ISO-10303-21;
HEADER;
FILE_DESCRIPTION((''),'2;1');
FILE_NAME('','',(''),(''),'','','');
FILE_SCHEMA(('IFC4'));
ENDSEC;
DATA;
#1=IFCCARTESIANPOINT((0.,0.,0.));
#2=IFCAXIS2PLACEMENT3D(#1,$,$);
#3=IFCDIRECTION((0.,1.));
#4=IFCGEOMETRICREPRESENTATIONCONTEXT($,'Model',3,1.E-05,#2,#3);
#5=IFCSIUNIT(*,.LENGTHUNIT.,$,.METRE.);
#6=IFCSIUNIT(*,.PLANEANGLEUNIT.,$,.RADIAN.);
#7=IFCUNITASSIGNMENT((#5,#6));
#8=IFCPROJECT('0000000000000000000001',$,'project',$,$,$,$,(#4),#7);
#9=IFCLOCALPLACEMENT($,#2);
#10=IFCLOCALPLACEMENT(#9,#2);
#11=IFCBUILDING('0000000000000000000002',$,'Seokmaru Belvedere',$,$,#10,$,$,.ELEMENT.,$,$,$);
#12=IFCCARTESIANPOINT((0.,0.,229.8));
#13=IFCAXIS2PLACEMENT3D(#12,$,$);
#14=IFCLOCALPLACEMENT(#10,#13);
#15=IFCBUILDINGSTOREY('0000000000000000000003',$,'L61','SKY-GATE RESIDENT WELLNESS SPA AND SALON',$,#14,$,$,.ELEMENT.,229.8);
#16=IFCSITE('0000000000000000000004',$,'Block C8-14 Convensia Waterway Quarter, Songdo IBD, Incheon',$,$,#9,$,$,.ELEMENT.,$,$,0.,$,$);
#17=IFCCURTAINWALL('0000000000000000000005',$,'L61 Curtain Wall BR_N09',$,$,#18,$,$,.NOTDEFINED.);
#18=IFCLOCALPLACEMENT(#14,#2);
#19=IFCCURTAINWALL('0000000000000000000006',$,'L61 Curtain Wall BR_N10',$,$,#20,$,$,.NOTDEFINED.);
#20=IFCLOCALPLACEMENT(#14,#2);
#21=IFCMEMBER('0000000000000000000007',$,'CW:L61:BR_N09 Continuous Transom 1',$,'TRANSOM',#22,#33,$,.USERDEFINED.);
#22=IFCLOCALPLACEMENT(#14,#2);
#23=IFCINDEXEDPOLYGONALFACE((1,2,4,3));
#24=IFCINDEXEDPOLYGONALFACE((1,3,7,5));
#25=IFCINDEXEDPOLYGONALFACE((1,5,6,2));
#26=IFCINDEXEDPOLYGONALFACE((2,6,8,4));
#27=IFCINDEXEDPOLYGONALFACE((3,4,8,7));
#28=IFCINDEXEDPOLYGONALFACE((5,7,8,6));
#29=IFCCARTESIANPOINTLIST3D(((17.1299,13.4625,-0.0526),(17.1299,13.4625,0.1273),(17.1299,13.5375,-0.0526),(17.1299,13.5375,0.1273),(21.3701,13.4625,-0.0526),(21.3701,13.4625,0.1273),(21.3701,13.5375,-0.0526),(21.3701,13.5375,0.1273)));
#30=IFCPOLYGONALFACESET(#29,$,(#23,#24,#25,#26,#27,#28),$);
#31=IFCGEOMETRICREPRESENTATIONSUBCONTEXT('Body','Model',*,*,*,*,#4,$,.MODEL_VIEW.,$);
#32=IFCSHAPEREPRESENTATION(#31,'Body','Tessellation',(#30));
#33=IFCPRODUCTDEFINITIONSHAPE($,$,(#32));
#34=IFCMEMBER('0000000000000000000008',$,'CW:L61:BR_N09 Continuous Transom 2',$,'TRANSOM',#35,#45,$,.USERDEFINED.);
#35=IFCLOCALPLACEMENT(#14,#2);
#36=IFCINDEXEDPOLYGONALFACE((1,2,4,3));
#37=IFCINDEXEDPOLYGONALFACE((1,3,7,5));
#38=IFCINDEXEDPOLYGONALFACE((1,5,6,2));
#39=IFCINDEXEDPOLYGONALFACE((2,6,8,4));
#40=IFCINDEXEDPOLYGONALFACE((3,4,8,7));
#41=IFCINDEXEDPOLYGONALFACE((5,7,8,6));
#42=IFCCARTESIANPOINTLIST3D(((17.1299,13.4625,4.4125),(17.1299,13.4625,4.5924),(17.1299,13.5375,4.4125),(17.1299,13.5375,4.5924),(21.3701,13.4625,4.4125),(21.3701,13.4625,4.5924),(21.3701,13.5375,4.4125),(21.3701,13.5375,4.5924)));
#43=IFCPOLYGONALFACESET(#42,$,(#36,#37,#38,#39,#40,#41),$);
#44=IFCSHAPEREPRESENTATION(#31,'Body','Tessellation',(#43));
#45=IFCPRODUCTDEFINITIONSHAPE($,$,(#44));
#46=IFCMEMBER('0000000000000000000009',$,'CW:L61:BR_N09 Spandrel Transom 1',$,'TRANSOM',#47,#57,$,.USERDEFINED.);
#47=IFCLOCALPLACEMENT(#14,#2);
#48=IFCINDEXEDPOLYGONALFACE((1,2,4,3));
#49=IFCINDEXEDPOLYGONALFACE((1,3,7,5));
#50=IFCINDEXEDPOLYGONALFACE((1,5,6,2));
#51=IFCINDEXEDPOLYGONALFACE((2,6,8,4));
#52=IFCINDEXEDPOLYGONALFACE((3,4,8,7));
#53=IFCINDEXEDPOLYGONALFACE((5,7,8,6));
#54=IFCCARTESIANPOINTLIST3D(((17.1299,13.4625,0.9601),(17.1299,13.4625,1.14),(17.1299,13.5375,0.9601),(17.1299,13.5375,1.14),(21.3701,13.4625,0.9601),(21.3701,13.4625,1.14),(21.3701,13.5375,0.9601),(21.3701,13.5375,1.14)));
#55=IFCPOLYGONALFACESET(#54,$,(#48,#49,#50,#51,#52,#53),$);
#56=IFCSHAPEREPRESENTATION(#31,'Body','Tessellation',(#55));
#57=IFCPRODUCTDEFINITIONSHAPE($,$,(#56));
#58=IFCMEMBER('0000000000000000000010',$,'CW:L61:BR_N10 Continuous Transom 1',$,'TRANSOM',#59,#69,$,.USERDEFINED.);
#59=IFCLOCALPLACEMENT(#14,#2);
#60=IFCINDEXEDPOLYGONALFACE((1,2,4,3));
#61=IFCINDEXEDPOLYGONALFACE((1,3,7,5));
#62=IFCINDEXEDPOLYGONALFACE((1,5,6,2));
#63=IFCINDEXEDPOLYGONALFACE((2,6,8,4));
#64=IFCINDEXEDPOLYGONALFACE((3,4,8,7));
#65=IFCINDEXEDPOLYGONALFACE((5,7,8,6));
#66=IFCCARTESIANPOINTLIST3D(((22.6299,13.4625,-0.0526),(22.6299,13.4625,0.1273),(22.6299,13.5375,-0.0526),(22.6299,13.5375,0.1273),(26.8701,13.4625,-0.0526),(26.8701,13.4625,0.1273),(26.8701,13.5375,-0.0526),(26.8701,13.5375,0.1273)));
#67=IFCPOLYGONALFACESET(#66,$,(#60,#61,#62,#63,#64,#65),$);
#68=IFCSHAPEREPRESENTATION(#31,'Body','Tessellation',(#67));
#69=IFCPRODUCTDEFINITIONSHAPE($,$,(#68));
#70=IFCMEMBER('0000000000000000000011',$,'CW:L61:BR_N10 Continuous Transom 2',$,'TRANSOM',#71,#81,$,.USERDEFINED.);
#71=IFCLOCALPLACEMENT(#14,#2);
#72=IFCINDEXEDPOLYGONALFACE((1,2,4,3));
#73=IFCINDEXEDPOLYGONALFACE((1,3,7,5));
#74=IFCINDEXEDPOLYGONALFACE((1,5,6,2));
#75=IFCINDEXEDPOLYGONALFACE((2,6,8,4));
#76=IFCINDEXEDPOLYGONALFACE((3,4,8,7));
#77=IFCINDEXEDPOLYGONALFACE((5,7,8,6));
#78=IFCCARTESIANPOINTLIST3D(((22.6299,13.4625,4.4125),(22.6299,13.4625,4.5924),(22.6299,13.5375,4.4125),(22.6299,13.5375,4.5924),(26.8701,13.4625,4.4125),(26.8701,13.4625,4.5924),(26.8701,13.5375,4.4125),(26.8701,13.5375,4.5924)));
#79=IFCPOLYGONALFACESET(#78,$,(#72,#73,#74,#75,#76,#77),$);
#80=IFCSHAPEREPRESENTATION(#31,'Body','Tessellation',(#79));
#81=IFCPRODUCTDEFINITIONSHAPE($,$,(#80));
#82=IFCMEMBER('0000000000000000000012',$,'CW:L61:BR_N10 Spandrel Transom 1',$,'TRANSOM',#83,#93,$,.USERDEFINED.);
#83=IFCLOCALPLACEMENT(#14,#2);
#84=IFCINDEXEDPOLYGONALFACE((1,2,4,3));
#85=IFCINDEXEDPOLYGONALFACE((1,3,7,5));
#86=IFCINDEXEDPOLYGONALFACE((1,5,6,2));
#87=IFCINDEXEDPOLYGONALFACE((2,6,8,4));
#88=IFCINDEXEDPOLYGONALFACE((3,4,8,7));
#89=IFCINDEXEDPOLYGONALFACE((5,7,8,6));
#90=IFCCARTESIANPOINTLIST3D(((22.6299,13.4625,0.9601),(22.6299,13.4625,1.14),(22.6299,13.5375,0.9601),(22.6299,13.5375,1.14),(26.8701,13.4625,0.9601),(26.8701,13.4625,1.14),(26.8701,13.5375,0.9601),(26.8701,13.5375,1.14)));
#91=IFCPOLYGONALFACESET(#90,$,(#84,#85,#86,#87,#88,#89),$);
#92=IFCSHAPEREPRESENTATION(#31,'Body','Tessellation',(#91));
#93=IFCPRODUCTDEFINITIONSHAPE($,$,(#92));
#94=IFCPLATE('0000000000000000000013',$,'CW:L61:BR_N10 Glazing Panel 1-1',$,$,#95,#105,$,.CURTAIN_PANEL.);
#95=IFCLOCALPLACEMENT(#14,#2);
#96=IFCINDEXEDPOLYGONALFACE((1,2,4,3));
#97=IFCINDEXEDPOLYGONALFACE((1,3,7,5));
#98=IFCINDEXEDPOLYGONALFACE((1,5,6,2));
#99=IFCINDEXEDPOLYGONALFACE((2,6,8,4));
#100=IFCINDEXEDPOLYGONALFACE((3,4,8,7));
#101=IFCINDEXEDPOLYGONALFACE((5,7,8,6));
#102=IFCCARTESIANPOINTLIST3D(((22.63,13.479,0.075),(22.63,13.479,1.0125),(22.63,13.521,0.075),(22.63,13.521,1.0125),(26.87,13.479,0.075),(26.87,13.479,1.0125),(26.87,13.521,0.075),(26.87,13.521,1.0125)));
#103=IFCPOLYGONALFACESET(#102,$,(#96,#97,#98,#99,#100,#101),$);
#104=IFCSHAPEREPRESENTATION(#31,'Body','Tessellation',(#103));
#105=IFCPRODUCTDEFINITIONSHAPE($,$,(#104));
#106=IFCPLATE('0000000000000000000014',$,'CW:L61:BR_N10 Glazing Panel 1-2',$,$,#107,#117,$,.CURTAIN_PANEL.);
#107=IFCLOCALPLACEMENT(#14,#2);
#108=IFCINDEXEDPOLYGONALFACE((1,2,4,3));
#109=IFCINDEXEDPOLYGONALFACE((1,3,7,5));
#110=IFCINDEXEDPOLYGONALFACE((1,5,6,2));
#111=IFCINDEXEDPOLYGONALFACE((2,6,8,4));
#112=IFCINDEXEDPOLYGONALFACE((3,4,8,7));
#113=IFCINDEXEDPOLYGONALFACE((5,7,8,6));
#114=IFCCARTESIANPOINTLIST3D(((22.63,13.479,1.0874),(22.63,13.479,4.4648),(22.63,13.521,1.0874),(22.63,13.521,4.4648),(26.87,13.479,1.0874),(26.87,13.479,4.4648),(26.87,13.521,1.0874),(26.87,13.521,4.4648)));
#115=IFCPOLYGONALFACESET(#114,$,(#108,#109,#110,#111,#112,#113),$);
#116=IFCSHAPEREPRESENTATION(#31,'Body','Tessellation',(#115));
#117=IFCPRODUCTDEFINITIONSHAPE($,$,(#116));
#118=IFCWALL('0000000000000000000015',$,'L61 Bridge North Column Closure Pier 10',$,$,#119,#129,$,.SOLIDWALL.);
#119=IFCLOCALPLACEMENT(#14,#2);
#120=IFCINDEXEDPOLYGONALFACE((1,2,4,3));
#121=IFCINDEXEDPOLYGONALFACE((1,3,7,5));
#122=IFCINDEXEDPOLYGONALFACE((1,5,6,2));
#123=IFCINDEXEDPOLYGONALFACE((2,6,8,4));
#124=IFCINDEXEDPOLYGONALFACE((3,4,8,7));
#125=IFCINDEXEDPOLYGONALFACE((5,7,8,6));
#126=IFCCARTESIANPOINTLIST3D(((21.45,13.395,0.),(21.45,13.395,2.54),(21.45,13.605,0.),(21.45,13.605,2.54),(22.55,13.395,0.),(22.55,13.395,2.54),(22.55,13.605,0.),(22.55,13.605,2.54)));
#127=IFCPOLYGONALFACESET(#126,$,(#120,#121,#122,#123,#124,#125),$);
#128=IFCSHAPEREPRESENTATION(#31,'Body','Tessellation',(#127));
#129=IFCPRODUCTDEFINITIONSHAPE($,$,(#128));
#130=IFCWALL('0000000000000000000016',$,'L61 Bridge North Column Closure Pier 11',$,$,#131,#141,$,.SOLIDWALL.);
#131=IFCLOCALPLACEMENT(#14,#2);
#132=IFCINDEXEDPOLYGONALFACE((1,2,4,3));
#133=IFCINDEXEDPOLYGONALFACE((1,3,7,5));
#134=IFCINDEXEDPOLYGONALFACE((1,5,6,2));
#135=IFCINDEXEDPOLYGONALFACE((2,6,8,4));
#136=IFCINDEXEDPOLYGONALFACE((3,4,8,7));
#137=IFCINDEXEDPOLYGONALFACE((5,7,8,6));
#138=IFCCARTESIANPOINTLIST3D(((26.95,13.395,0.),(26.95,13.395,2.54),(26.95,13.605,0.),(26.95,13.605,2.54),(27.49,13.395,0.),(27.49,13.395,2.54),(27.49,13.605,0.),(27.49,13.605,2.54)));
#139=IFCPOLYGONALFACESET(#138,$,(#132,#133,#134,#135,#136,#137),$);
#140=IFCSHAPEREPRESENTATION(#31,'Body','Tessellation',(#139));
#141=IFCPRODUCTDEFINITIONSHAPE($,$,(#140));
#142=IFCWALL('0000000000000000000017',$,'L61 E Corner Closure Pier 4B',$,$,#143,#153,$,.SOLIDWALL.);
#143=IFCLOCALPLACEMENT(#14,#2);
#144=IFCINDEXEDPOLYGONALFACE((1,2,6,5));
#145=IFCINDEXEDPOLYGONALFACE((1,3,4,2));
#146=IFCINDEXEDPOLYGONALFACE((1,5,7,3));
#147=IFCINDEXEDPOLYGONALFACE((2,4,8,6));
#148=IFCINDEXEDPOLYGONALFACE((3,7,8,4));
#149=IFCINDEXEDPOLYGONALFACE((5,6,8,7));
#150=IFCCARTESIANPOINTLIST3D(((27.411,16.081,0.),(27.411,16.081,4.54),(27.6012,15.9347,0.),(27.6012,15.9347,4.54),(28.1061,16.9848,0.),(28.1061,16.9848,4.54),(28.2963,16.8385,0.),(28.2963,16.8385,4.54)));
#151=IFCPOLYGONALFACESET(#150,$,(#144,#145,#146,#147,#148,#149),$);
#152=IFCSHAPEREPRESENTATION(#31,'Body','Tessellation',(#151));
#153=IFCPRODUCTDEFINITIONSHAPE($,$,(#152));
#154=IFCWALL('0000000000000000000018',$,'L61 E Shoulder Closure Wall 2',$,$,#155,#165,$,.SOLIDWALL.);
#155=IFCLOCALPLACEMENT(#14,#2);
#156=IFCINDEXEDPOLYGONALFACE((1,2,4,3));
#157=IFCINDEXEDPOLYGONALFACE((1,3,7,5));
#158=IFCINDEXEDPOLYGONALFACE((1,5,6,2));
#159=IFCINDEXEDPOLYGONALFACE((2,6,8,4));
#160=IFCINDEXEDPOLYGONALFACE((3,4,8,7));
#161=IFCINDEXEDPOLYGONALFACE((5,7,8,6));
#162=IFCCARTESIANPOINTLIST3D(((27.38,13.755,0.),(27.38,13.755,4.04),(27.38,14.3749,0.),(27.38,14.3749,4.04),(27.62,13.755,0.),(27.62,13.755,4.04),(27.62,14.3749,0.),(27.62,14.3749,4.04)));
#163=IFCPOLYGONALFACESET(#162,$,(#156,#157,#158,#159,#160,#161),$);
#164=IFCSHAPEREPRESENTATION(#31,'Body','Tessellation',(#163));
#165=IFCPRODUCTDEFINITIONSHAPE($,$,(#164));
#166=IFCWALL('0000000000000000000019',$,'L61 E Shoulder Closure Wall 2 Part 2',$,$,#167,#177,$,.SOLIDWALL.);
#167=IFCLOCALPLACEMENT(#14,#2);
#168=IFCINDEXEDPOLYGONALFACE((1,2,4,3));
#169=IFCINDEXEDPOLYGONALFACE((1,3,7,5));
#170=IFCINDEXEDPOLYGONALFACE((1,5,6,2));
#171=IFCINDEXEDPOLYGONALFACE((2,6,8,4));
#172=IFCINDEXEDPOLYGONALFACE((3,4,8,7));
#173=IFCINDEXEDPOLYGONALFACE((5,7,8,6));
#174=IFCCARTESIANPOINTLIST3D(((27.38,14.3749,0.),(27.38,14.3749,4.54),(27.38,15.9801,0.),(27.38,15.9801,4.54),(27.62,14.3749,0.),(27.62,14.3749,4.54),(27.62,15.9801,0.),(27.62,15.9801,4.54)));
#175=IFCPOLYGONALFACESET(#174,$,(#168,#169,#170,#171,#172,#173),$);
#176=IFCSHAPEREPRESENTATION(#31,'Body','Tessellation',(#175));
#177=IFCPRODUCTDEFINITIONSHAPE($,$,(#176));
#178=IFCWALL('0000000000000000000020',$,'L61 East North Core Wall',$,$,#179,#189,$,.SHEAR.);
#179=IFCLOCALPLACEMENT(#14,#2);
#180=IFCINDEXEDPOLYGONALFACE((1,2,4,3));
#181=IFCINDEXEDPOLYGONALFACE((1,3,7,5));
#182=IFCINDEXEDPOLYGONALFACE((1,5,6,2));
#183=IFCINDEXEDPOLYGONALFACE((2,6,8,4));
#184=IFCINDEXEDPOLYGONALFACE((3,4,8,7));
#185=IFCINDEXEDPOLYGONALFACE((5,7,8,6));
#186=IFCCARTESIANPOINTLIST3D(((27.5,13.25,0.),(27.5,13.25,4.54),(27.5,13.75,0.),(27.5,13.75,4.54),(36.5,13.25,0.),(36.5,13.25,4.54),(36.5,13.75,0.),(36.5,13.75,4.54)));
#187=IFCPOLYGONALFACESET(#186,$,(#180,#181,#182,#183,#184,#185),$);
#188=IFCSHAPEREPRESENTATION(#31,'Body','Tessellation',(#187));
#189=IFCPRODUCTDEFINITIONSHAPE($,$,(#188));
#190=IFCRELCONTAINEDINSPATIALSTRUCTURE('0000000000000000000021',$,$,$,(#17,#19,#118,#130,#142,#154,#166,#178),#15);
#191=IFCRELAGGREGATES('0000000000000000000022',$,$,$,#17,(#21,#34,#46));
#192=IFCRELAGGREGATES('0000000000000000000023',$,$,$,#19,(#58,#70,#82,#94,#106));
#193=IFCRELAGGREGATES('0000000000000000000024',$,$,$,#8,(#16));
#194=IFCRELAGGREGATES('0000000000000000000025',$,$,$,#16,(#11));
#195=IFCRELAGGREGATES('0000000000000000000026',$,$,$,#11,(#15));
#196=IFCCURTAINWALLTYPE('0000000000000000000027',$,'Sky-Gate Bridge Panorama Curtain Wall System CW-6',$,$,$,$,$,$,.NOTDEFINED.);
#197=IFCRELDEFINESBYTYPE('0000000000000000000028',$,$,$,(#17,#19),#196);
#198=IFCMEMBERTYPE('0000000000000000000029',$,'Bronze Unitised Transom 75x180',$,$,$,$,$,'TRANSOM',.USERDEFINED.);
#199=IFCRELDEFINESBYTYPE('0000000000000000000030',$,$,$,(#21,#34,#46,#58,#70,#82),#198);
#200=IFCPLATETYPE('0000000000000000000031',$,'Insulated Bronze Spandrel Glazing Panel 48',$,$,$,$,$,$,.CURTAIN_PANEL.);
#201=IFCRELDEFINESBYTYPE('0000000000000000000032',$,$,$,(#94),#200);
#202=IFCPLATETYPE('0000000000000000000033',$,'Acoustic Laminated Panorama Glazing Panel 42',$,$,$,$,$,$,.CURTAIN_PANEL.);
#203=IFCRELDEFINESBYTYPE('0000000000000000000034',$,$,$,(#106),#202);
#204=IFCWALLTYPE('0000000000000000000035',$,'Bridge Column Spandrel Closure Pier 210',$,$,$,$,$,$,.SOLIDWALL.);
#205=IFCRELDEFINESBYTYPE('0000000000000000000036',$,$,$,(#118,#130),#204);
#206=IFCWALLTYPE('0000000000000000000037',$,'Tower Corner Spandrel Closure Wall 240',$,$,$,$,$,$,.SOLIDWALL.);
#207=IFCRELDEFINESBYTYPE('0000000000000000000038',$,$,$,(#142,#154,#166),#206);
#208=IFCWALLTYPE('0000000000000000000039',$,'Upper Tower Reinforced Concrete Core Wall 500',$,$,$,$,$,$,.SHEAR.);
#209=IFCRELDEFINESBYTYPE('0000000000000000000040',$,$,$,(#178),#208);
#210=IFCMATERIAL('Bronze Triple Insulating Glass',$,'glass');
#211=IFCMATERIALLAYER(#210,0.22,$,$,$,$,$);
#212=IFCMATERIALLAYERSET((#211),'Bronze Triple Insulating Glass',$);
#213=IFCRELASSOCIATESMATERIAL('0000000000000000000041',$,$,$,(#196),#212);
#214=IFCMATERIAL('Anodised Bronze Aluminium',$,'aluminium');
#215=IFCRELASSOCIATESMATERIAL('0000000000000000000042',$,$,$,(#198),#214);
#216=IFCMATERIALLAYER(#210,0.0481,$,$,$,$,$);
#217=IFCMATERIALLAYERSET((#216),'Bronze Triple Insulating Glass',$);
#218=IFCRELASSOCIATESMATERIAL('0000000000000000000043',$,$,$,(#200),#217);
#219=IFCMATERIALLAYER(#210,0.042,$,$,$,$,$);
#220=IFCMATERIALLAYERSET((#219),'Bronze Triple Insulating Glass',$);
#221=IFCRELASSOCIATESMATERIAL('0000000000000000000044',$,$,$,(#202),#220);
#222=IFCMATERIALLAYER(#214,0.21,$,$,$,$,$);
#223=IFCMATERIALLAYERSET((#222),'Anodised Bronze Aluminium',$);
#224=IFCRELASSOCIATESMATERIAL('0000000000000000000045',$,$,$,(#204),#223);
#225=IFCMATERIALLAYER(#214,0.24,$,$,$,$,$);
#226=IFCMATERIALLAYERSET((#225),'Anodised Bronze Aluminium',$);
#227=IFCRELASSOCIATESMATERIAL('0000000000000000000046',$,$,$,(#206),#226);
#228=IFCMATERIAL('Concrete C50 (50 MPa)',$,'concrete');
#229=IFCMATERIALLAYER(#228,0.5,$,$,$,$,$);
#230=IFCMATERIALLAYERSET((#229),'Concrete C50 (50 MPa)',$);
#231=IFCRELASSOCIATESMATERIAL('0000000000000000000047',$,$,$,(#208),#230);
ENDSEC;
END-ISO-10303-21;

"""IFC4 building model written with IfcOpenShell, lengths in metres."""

from ifc_helpers import new_model, si_unit, direction, frame, frame_2d, origin, origin_2d, place, context, subcontext, project, spatial, rectangle, extrude, source, transform, mapped, material, layer, layer_set, material_profile, profile_set, type_object, type_shapes, element, aggregate, save


model = new_model("IFC4")

# Units and contexts
model_context = context("Model", 3, precision=1e-05, world=origin(), true_north=direction((0.0, 1.0)))
body_context = subcontext(model_context, "Body", "Model", "MODEL_VIEW")
ifc_project = project(units=[si_unit("LENGTHUNIT", "METRE"), si_unit("PLANEANGLEUNIT", "RADIAN")], contexts=[model_context])

# Site, building, storey
site_placement = place(None, origin())
site = spatial("IfcSite", under=ifc_project, at=site_placement, Name="Block C8-14 Convensia Waterway Quarter, Songdo IBD, Incheon", CompositionType="ELEMENT", RefElevation=0.0)
building_placement = place(site_placement, origin())
building = spatial("IfcBuilding", under=site, at=building_placement, Name="Seokmaru Belvedere", CompositionType="ELEMENT")
storey_placement = place(building_placement, frame((0.0, 0.0, 229.8)))
storey = spatial("IfcBuildingStorey", under=building, at=storey_placement, Name="L61", Description="SKY-GATE RESIDENT WELLNESS SPA AND SALON", CompositionType="ELEMENT", Elevation=229.8)

# Curtain wall
ifc_material_1 = material(Name="Bronze Triple Insulating Glass", Category="glass")
ifc_layer_1 = layer(ifc_material_1, 0.22)
ifc_layer_set_1 = layer_set([ifc_layer_1], Name="Bronze Triple Insulating Glass")
curtain_wall_type = type_object("IfcCurtainWallType", Name="Sky-Gate Bridge Panorama Curtain Wall System CW-6", PredefinedType="NOTDEFINED", material=ifc_layer_set_1)
ifc_material_2 = material(Name="Anodised Bronze Aluminium", Category="aluminium")
curtain_wall_1_placement = place(storey_placement, origin())
curtain_wall_1 = element("IfcCurtainWall", 1, at=curtain_wall_1_placement, inside=storey, type_object=curtain_wall_type, Name="L61 Curtain Wall BR_N09", PredefinedType="NOTDEFINED")

# Curtain wall
curtain_wall_2_placement = place(storey_placement, origin())
curtain_wall_2 = element("IfcCurtainWall", 2, at=curtain_wall_2_placement, inside=storey, type_object=curtain_wall_type, Name="L61 Curtain Wall BR_N10", PredefinedType="NOTDEFINED")

# Members
ifc_material_profile_1 = material_profile(ifc_material_2, rectangle(XDim=0.075, YDim=0.1799, at=origin_2d()), Name="CW-T-75x180")
ifc_profile_set_1 = profile_set([ifc_material_profile_1], Name="Anodised Bronze Aluminium")
member_type_1 = type_object("IfcMemberType", Name="Bronze Unitised Transom 75x180", ElementType="TRANSOM", PredefinedType="USERDEFINED", material=ifc_profile_set_1)
shared_shape_1 = source(origin(), body_context, "Body", "SweptSolid", [
    extrude(rectangle(XDim=0.075, YDim=0.1799, at=origin_2d()), origin(), (0.0, 0.0, 1.0), 4.2402),
])
type_shapes(member_type_1, [shared_shape_1])
member_1_placement = place(storey_placement, frame((21.3701, 13.5, 0.0374), z_axis=(-1.0, 0.0, 0.0), x_axis=(0.0, -1.0, 0.0)))
member_1 = element("IfcMember", 3, at=member_1_placement, type_object=member_type_1, Name="CW:L61:BR_N09 Continuous Transom 1", ObjectType="TRANSOM", PredefinedType="USERDEFINED", context=body_context, shape_type="MappedRepresentation", body=[
    mapped(shared_shape_1, transform((0.0, 0.0, 0.0), scale=1.0)),
])
member_2_placement = place(storey_placement, frame((21.3701, 13.5, 4.5024), z_axis=(-1.0, 0.0, 0.0), x_axis=(0.0, -1.0, 0.0)))
member_2 = element("IfcMember", 4, at=member_2_placement, type_object=member_type_1, Name="CW:L61:BR_N09 Continuous Transom 2", ObjectType="TRANSOM", PredefinedType="USERDEFINED", context=body_context, shape_type="MappedRepresentation", body=[
    mapped(shared_shape_1, transform((0.0, 0.0, 0.0), scale=1.0)),
])
member_3_placement = place(storey_placement, frame((21.3701, 13.5, 1.05), z_axis=(-1.0, 0.0, 0.0), x_axis=(0.0, -1.0, 0.0)))
member_3 = element("IfcMember", 5, at=member_3_placement, type_object=member_type_1, Name="CW:L61:BR_N09 Spandrel Transom 1", ObjectType="TRANSOM", PredefinedType="USERDEFINED", context=body_context, shape_type="MappedRepresentation", body=[
    mapped(shared_shape_1, transform((0.0, 0.0, 0.0), scale=1.0)),
])
aggregate(curtain_wall_1, [member_1, member_2, member_3])
member_4_placement = place(storey_placement, frame((26.8701, 13.5, 0.0374), z_axis=(-1.0, 0.0, 0.0), x_axis=(0.0, -1.0, 0.0)))
member_4 = element("IfcMember", 6, at=member_4_placement, type_object=member_type_1, Name="CW:L61:BR_N10 Continuous Transom 1", ObjectType="TRANSOM", PredefinedType="USERDEFINED", context=body_context, shape_type="MappedRepresentation", body=[
    mapped(shared_shape_1, transform((0.0, 0.0, 0.0), scale=1.0)),
])
member_5_placement = place(storey_placement, frame((26.8701, 13.5, 4.5024), z_axis=(-1.0, 0.0, 0.0), x_axis=(0.0, -1.0, 0.0)))
member_5 = element("IfcMember", 7, at=member_5_placement, type_object=member_type_1, Name="CW:L61:BR_N10 Continuous Transom 2", ObjectType="TRANSOM", PredefinedType="USERDEFINED", context=body_context, shape_type="MappedRepresentation", body=[
    mapped(shared_shape_1, transform((0.0, 0.0, 0.0), scale=1.0)),
])
member_6_placement = place(storey_placement, frame((26.8701, 13.5, 1.05), z_axis=(-1.0, 0.0, 0.0), x_axis=(0.0, -1.0, 0.0)))
member_6 = element("IfcMember", 8, at=member_6_placement, type_object=member_type_1, Name="CW:L61:BR_N10 Spandrel Transom 1", ObjectType="TRANSOM", PredefinedType="USERDEFINED", context=body_context, shape_type="MappedRepresentation", body=[
    mapped(shared_shape_1, transform((0.0, 0.0, 0.0), scale=1.0)),
])

# Plates
ifc_layer_2 = layer(ifc_material_1, 0.0481)
ifc_layer_set_2 = layer_set([ifc_layer_2], Name="Bronze Triple Insulating Glass")
plate_type_1 = type_object("IfcPlateType", Name="Insulated Bronze Spandrel Glazing Panel 48", PredefinedType="CURTAIN_PANEL", material=ifc_layer_set_2)
shared_shape_2 = source(origin(), body_context, "Body", "SweptSolid", [
    extrude(rectangle(XDim=4.24, YDim=0.042, at=origin_2d()), origin(), (0.0, 0.0, 1.0), 0.9375),
])
type_shapes(plate_type_1, [shared_shape_2])
plate_1_placement = place(storey_placement, frame((24.75, 13.5, 0.075), z_axis=(0.0, 0.0, 1.0), x_axis=(-1.0, 0.0, 0.0)))
plate_1 = element("IfcPlate", 9, at=plate_1_placement, type_object=plate_type_1, Name="CW:L61:BR_N10 Glazing Panel 1-1", PredefinedType="CURTAIN_PANEL", context=body_context, shape_type="MappedRepresentation", body=[
    mapped(shared_shape_2, transform((0.0, 0.0, 0.0), scale=1.0)),
])
ifc_layer_3 = layer(ifc_material_1, 0.042)
ifc_layer_set_3 = layer_set([ifc_layer_3], Name="Bronze Triple Insulating Glass")
plate_type_2 = type_object("IfcPlateType", Name="Acoustic Laminated Panorama Glazing Panel 42", PredefinedType="CURTAIN_PANEL", material=ifc_layer_set_3)
shared_shape_3 = source(origin(), body_context, "Body", "SweptSolid", [
    extrude(rectangle(XDim=4.24, YDim=0.042, at=origin_2d()), origin(), (0.0, 0.0, 1.0), 3.3774),
])
type_shapes(plate_type_2, [shared_shape_3])
plate_2_placement = place(storey_placement, frame((24.75, 13.5, 1.0874), z_axis=(0.0, 0.0, 1.0), x_axis=(-1.0, 0.0, 0.0)))
plate_2 = element("IfcPlate", 10, at=plate_2_placement, type_object=plate_type_2, Name="CW:L61:BR_N10 Glazing Panel 1-2", PredefinedType="CURTAIN_PANEL", context=body_context, shape_type="MappedRepresentation", body=[
    mapped(shared_shape_3, transform((0.0, 0.0, 0.0), scale=1.0)),
])
aggregate(curtain_wall_2, [member_4, member_5, member_6, plate_1, plate_2])

# Walls
ifc_layer_4 = layer(ifc_material_2, 0.21)
ifc_layer_set_4 = layer_set([ifc_layer_4], Name="Anodised Bronze Aluminium")
wall_type_1 = type_object("IfcWallType", Name="Bridge Column Spandrel Closure Pier 210", PredefinedType="SOLIDWALL", material=ifc_layer_set_4)
wall_1_placement = place(storey_placement, frame((21.45, 13.5, 0.0), z_axis=(0.0, 0.0, 1.0), x_axis=(1.0, 0.0, 0.0)))
element("IfcWall", 11, at=wall_1_placement, inside=storey, type_object=wall_type_1, Name="L61 Bridge North Column Closure Pier 10", PredefinedType="SOLIDWALL", context=body_context, shape_type="SweptSolid", body=[
    extrude(rectangle(XDim=1.1001, YDim=0.21, at=frame_2d((0.55, 0.0))), origin(), (0.0, 0.0, 1.0), 2.54),
])
wall_2_placement = place(storey_placement, frame((26.95, 13.5, 0.0), z_axis=(0.0, 0.0, 1.0), x_axis=(1.0, 0.0, 0.0)))
element("IfcWall", 12, at=wall_2_placement, inside=storey, type_object=wall_type_1, Name="L61 Bridge North Column Closure Pier 11", PredefinedType="SOLIDWALL", context=body_context, shape_type="SweptSolid", body=[
    extrude(rectangle(XDim=0.54, YDim=0.21, at=frame_2d((0.27, 0.0))), origin(), (0.0, 0.0, 1.0), 2.54),
])
ifc_layer_5 = layer(ifc_material_2, 0.24)
ifc_layer_set_5 = layer_set([ifc_layer_5], Name="Anodised Bronze Aluminium")
wall_type_2 = type_object("IfcWallType", Name="Tower Corner Spandrel Closure Wall 240", PredefinedType="SOLIDWALL", material=ifc_layer_set_5)
wall_3_placement = place(storey_placement, frame((28.2012, 16.9116, 0.0), z_axis=(0.0, 0.0, 1.0), x_axis=(-0.609618, -0.792696, 0.0)))
element("IfcWall", 13, at=wall_3_placement, inside=storey, type_object=wall_type_2, Name="L61 E Corner Closure Pier 4B", PredefinedType="SOLIDWALL", context=body_context, shape_type="SweptSolid", body=[
    extrude(rectangle(XDim=1.1401, YDim=0.24, at=frame_2d((0.5701, 0.0))), origin(), (0.0, 0.0, 1.0), 4.54),
])
wall_4_placement = place(storey_placement, frame((27.5, 13.7549, 0.0), z_axis=(0.0, 0.0, 1.0), x_axis=(0.0, 1.0, 0.0)))
element("IfcWall", 14, at=wall_4_placement, inside=storey, type_object=wall_type_2, Name="L61 E Shoulder Closure Wall 2", PredefinedType="SOLIDWALL", context=body_context, shape_type="SweptSolid", body=[
    extrude(rectangle(XDim=0.6199, YDim=0.24, at=frame_2d((0.3101, 0.0))), origin(), (0.0, 0.0, 1.0), 4.04),
])
wall_5_placement = place(storey_placement, frame((27.5, 14.3748, 0.0), z_axis=(0.0, 0.0, 1.0), x_axis=(0.0, 1.0, 0.0)))
element("IfcWall", 15, at=wall_5_placement, inside=storey, type_object=wall_type_2, Name="L61 E Shoulder Closure Wall 2 Part 2", PredefinedType="SOLIDWALL", context=body_context, shape_type="SweptSolid", body=[
    extrude(rectangle(XDim=1.6052, YDim=0.24, at=frame_2d((0.8027, 0.0))), origin(), (0.0, 0.0, 1.0), 4.54),
])
ifc_material_3 = material(Name="Concrete C50 (50 MPa)", Category="concrete")
ifc_layer_6 = layer(ifc_material_3, 0.5)
ifc_layer_set_6 = layer_set([ifc_layer_6], Name="Concrete C50 (50 MPa)")
wall_type_3 = type_object("IfcWallType", Name="Upper Tower Reinforced Concrete Core Wall 500", PredefinedType="SHEAR", material=ifc_layer_set_6)
wall_6_placement = place(storey_placement, frame((27.5, 13.5, 0.0), z_axis=(0.0, 0.0, 1.0), x_axis=(1.0, 0.0, 0.0)))
element("IfcWall", 16, at=wall_6_placement, inside=storey, type_object=wall_type_3, Name="L61 East North Core Wall", PredefinedType="SHEAR", context=body_context, shape_type="SweptSolid", body=[
    extrude(rectangle(XDim=9.0, YDim=0.5, at=frame_2d((4.5, 0.0))), origin(), (0.0, 0.0, 1.0), 4.54),
])

save(model, "model.ifc")
